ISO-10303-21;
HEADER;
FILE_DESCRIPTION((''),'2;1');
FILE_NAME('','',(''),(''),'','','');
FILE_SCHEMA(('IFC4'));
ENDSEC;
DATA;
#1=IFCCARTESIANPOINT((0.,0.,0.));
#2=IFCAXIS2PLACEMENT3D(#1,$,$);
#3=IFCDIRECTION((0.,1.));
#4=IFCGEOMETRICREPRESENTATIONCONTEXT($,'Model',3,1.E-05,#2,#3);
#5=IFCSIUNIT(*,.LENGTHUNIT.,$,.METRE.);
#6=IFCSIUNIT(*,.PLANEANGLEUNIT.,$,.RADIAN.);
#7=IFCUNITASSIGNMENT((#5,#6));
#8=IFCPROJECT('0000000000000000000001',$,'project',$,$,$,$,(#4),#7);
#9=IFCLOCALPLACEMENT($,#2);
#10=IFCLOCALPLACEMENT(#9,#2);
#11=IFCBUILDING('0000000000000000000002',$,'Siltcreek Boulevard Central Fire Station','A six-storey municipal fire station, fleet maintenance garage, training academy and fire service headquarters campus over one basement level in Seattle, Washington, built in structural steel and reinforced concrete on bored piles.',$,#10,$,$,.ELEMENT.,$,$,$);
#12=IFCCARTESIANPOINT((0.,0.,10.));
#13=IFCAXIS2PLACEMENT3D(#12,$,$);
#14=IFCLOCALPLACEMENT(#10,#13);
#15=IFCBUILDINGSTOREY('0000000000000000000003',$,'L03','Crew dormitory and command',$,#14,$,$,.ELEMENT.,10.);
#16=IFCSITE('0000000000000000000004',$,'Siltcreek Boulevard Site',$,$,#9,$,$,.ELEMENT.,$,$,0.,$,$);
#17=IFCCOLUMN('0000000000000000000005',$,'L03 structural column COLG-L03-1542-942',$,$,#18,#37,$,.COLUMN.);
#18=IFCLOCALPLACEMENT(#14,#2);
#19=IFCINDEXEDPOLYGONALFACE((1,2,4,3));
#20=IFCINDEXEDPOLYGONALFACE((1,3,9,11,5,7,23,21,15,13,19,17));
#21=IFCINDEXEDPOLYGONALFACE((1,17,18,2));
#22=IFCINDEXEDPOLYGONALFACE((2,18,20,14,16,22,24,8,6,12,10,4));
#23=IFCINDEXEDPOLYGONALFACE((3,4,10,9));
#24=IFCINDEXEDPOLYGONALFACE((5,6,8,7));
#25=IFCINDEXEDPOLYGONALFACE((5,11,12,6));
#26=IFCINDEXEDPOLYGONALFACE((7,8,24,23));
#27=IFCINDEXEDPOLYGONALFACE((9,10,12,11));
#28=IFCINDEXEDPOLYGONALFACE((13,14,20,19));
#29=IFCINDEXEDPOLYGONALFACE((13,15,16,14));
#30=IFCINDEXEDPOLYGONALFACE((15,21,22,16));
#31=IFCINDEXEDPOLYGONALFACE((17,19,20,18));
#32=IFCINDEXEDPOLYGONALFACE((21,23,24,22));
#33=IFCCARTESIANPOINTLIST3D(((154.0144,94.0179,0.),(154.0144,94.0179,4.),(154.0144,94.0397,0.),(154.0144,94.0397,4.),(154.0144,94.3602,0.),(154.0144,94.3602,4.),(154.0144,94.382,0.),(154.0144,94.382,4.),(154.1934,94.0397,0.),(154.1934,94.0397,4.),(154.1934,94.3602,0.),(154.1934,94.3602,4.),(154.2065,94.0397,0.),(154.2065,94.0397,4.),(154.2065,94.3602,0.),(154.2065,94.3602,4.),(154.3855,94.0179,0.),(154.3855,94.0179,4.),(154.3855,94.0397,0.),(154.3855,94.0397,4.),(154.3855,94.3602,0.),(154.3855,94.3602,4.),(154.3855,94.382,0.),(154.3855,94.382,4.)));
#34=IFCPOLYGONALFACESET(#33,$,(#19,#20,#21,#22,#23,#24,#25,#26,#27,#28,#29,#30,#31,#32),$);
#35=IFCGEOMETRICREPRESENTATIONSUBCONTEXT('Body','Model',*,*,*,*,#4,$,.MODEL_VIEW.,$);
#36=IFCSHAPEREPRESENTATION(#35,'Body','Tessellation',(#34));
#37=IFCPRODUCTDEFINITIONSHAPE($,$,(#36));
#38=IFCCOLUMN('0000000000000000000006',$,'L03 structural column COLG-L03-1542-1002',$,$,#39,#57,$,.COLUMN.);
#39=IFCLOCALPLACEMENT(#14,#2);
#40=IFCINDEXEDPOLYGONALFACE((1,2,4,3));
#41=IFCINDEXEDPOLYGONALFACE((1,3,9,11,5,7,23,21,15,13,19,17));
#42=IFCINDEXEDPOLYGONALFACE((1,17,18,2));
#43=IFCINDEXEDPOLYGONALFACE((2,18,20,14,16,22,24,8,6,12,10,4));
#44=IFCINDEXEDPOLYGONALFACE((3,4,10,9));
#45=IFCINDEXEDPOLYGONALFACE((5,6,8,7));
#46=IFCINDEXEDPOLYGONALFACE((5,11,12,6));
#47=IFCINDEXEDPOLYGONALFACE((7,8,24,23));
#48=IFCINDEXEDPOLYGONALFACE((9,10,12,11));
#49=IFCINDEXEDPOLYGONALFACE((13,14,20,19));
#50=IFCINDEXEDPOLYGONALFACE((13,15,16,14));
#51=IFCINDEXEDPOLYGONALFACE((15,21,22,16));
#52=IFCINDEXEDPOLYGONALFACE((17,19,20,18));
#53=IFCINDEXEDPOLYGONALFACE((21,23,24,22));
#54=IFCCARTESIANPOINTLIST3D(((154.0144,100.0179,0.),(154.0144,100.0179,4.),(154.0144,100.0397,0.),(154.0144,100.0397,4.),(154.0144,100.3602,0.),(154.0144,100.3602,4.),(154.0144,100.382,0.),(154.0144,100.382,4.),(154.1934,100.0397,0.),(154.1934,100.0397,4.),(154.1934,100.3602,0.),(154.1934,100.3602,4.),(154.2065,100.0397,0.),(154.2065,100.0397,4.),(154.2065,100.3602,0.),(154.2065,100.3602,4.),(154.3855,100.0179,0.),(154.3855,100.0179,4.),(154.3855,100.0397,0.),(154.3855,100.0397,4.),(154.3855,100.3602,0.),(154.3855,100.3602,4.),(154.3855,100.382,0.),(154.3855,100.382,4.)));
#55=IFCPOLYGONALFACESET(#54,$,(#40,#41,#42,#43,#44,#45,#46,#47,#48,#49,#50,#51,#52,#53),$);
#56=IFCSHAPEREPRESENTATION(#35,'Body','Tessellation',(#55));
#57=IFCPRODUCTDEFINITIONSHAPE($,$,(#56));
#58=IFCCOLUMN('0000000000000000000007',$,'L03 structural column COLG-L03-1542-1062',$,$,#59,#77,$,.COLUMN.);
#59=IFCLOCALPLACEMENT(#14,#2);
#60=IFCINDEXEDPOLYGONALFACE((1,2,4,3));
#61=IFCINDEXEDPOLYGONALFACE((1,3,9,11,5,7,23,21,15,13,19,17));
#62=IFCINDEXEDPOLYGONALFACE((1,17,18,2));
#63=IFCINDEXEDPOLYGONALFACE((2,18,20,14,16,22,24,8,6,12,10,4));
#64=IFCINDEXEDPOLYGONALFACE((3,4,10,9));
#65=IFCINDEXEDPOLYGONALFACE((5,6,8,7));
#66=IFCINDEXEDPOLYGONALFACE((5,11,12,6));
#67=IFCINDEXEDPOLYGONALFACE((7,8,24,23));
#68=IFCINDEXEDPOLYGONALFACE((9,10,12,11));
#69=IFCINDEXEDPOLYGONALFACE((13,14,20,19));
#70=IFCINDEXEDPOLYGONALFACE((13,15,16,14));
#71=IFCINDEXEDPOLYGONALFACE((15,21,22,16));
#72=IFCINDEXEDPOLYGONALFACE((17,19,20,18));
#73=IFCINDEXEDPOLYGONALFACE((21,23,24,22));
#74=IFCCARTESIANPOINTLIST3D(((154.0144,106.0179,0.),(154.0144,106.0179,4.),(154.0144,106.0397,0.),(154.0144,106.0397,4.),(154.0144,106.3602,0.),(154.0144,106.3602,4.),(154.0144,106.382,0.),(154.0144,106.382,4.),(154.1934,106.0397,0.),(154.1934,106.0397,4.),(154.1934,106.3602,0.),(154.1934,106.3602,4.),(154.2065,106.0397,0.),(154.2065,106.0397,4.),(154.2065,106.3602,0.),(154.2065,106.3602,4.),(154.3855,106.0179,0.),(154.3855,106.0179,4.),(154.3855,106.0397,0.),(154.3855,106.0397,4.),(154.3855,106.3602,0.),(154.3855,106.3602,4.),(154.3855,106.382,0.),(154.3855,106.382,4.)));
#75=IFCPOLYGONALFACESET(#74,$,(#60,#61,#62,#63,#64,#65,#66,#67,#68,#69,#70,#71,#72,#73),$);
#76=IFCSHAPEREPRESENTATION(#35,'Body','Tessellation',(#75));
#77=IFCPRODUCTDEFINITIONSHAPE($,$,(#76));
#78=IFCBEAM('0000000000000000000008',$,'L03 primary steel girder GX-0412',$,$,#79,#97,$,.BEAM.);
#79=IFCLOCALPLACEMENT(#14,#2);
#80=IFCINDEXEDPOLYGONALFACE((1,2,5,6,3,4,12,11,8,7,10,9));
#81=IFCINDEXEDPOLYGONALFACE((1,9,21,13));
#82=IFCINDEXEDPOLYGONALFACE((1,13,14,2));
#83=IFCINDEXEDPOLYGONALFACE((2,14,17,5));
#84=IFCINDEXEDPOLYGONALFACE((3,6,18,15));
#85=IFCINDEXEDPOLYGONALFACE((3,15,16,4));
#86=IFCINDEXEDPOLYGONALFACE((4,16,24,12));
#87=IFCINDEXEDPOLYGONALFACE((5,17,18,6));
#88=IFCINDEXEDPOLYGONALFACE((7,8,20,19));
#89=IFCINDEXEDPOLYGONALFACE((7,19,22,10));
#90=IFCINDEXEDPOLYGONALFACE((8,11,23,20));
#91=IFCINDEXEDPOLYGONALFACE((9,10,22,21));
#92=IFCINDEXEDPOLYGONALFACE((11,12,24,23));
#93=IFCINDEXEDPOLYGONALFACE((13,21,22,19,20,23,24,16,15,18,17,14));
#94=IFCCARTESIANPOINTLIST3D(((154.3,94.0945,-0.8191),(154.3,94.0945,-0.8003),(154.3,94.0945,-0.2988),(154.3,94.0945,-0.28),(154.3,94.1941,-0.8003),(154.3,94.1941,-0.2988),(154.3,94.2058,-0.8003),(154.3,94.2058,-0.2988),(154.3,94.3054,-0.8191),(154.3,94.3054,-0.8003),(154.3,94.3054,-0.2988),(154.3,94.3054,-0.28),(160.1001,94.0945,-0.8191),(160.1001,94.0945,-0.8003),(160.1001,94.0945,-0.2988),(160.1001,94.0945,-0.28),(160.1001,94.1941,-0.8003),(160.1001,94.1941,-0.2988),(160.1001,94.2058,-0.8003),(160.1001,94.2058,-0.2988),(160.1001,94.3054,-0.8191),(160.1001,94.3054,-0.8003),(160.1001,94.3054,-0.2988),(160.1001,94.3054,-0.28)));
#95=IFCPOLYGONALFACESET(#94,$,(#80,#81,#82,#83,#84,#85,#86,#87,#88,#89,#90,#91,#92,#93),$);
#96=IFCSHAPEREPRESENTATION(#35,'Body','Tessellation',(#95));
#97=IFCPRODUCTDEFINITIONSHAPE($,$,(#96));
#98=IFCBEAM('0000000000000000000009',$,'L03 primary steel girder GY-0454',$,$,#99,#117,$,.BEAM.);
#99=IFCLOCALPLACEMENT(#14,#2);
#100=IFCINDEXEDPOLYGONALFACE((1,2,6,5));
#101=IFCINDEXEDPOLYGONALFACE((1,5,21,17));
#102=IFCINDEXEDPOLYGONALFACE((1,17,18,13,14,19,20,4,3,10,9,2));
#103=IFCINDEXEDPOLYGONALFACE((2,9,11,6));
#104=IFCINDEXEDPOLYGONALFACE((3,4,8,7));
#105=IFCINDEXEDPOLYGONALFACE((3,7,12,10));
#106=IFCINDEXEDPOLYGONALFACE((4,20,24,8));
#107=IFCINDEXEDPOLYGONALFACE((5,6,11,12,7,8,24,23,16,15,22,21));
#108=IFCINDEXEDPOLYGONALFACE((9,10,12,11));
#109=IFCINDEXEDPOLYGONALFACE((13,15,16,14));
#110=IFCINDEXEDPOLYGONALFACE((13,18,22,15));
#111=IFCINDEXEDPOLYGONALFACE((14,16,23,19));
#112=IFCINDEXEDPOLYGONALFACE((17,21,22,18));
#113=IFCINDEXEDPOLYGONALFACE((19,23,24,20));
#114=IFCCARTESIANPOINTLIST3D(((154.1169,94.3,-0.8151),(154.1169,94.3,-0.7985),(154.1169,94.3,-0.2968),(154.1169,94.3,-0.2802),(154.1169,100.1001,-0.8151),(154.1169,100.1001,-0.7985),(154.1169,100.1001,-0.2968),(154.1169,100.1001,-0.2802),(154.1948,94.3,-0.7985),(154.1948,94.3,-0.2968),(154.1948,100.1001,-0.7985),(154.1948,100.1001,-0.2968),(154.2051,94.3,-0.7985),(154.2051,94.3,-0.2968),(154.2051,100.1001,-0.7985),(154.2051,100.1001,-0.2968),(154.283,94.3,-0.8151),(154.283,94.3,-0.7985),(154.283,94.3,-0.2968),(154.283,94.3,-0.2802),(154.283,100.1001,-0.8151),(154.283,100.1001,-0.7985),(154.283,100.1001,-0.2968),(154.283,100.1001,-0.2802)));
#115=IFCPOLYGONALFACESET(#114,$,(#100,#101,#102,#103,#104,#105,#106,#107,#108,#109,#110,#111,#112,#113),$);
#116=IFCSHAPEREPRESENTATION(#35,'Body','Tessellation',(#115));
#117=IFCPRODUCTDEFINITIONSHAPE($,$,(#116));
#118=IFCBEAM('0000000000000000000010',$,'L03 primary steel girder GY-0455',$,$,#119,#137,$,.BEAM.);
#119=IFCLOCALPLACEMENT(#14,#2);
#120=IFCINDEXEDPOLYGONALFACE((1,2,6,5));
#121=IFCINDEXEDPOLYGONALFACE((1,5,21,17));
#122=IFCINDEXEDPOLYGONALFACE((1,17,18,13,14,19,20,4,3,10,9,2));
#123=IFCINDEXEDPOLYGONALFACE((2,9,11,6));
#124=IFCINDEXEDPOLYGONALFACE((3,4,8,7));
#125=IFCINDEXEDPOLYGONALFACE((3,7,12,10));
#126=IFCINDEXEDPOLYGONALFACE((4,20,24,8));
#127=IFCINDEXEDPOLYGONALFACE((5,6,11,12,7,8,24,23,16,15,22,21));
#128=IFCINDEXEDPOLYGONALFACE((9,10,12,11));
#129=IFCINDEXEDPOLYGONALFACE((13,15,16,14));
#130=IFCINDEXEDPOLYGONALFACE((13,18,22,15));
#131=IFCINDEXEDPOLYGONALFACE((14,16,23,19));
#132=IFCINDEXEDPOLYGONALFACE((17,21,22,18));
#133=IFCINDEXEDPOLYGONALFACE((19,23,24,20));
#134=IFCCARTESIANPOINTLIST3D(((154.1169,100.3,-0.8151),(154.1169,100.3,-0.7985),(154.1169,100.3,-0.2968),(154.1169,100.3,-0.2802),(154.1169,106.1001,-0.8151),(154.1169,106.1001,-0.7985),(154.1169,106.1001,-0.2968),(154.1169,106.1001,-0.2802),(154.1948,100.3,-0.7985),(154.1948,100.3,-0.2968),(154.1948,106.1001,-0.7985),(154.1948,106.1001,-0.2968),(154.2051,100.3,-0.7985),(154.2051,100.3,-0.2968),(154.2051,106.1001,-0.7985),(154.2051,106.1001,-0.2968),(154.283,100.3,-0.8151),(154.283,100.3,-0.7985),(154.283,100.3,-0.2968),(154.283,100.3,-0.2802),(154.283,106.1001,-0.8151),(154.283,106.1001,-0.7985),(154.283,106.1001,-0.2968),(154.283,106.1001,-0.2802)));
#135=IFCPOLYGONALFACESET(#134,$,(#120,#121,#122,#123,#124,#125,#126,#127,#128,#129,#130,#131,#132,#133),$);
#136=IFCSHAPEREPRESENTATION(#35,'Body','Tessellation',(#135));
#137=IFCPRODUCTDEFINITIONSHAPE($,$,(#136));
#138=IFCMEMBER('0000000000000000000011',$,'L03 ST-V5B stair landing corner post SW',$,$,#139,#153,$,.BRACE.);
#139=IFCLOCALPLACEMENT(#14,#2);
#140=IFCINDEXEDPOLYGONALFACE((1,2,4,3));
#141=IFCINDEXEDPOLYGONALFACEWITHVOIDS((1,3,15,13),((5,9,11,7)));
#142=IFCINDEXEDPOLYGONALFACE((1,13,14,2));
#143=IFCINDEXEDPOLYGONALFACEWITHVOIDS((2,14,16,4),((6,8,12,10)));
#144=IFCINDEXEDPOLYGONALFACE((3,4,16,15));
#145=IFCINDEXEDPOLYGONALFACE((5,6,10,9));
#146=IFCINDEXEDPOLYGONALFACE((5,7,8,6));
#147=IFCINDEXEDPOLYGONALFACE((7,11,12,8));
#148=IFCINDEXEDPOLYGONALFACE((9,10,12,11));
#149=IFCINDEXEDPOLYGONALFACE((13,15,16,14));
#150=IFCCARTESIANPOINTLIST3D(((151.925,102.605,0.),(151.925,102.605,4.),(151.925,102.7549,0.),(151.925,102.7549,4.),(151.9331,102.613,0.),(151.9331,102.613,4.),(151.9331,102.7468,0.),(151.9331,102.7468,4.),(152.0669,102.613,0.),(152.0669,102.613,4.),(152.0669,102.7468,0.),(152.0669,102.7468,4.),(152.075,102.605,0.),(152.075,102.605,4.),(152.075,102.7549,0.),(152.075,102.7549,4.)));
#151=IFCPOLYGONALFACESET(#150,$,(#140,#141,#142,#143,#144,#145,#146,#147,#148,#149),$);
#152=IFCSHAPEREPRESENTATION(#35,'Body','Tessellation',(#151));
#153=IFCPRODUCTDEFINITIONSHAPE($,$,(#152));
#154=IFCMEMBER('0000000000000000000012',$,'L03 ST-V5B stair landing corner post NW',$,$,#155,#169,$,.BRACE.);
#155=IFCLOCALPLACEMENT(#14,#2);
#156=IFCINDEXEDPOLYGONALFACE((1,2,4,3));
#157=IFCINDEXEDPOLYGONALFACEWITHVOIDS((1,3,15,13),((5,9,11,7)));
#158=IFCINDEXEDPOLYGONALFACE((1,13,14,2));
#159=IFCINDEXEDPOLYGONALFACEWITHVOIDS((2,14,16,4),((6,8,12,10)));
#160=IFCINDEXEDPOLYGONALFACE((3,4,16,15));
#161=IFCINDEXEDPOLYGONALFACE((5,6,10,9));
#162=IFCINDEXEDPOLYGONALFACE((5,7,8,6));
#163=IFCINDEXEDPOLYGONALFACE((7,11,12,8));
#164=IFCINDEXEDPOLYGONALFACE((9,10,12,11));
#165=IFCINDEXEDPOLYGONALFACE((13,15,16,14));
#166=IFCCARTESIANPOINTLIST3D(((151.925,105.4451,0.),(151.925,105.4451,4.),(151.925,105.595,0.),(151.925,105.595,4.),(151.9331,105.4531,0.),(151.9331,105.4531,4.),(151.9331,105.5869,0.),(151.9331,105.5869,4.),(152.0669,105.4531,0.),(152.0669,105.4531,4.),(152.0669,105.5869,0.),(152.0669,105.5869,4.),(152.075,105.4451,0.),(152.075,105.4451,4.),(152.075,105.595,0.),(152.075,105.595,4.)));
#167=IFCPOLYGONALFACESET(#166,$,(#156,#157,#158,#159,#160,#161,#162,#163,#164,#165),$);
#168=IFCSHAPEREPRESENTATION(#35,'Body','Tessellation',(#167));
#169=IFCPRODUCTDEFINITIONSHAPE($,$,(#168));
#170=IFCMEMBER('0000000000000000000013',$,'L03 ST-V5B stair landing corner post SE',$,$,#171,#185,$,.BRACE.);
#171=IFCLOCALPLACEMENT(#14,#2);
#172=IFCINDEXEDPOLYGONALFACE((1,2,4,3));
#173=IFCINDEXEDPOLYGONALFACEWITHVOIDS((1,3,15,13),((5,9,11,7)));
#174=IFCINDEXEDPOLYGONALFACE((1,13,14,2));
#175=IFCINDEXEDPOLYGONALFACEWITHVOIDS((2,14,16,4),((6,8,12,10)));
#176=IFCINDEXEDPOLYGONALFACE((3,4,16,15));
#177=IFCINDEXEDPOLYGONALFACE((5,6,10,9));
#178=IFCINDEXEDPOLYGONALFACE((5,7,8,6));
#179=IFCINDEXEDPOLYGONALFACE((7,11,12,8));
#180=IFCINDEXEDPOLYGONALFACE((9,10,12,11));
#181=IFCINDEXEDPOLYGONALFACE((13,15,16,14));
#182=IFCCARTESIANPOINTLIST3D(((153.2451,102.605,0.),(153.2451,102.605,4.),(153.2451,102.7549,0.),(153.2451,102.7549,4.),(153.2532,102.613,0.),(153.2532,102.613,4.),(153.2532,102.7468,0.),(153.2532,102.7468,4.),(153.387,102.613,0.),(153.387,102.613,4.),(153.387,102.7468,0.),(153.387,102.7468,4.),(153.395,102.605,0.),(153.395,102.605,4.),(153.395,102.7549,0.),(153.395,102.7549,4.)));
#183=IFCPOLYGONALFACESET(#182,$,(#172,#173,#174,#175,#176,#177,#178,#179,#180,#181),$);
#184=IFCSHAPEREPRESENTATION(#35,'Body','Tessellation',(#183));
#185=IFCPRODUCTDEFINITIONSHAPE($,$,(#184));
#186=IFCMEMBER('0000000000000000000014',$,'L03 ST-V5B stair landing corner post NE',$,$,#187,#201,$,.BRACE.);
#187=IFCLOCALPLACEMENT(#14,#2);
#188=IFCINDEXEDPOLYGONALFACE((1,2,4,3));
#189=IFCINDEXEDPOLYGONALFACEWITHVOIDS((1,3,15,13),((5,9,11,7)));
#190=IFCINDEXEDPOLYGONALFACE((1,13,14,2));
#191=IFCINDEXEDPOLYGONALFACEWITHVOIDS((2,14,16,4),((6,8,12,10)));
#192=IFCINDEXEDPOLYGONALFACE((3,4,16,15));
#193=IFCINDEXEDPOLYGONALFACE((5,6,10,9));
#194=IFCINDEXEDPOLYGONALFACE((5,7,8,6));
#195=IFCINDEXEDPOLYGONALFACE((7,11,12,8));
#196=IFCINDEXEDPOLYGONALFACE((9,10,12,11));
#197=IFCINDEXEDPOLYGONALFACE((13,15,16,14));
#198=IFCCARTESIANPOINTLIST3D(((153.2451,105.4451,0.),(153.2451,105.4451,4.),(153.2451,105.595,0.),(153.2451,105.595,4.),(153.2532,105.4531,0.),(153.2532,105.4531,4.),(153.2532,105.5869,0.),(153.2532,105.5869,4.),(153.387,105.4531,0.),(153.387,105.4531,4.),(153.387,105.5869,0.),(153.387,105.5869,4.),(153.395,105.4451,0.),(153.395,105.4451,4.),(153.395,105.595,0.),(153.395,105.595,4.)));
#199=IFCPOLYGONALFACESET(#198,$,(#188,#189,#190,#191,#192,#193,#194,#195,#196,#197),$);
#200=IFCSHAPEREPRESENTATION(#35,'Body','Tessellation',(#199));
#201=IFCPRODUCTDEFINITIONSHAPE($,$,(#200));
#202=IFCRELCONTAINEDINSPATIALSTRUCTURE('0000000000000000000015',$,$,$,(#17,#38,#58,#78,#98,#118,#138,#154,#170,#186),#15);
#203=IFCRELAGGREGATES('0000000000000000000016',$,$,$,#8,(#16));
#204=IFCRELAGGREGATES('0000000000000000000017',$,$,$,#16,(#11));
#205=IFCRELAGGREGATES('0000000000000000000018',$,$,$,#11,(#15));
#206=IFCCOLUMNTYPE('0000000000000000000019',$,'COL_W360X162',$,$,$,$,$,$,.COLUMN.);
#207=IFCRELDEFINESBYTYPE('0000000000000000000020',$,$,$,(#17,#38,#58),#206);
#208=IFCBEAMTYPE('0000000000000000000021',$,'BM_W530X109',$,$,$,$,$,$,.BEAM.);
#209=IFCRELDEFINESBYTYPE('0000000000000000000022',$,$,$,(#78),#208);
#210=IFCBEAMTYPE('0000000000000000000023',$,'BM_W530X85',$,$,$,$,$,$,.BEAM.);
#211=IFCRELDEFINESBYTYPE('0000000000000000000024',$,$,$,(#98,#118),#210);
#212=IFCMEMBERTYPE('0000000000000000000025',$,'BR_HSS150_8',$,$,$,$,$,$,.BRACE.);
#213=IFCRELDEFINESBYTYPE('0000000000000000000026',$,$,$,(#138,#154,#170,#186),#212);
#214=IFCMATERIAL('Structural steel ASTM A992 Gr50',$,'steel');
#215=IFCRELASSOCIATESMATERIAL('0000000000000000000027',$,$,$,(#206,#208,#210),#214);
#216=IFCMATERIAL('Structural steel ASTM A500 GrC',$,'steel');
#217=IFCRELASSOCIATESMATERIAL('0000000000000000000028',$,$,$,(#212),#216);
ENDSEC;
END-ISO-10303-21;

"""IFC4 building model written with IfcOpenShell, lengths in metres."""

from ifc_helpers import new_model, si_unit, direction, frame, origin, origin_2d, place, context, subcontext, project, spatial, hollow_rectangle, i_section, extrude, material, material_profile, profile_set, type_object, element, save


model = new_model("IFC4")

# Units and contexts
model_context = context("Model", 3, precision=1e-05, world=origin(), true_north=direction((0.0, 1.0)))
body_context = subcontext(model_context, "Body", "Model", "MODEL_VIEW")
ifc_project = project(units=[si_unit("LENGTHUNIT", "METRE"), si_unit("PLANEANGLEUNIT", "RADIAN")], contexts=[model_context])

# Site, building, storey
site_placement = place(None, origin())
site = spatial("IfcSite", under=ifc_project, at=site_placement, Name="Siltcreek Boulevard Site", CompositionType="ELEMENT", RefElevation=0.0)
building_placement = place(site_placement, origin())
building = spatial("IfcBuilding", under=site, at=building_placement, Name="Siltcreek Boulevard Central Fire Station", Description="A six-storey municipal fire station, fleet maintenance garage, training academy and fire service headquarters campus over one basement level in Seattle, Washington, built in structural steel and reinforced concrete on bored piles.", CompositionType="ELEMENT")
storey_placement = place(building_placement, frame((0.0, 0.0, 10.0)))
storey = spatial("IfcBuildingStorey", under=building, at=storey_placement, Name="L03", Description="Crew dormitory and command", CompositionType="ELEMENT", Elevation=10.0)

# Columns
ifc_material_1 = material(Name="Structural steel ASTM A992 Gr50", Category="steel")
ifc_material_profile_1 = material_profile(ifc_material_1, i_section(OverallWidth=0.3711, OverallDepth=0.364, WebThickness=0.0132, FlangeThickness=0.0217, at=origin_2d()), Name="W360X162")
ifc_profile_set_1 = profile_set([ifc_material_profile_1], Name="Structural steel ASTM A992 Gr50")
column_type = type_object("IfcColumnType", Name="COL_W360X162", PredefinedType="COLUMN", material=ifc_profile_set_1)
for number, where, z_axis, x_axis, name in (
    (1, (154.2, 94.2, 0.0), (0.0, 0.0, 1.0), (1.0, 0.0, 0.0), "L03 structural column COLG-L03-1542-942"),
    (2, (154.2, 100.2, 0.0), (0.0, 0.0, 1.0), (1.0, 0.0, 0.0), "L03 structural column COLG-L03-1542-1002"),
    (3, (154.2, 106.2, 0.0), (0.0, 0.0, 1.0), (1.0, 0.0, 0.0), "L03 structural column COLG-L03-1542-1062"),
):
    element("IfcColumn", number, at=place(storey_placement, frame(where, z_axis=z_axis, x_axis=x_axis)), inside=storey, type_object=column_type, Name=name, PredefinedType="COLUMN", context=body_context, shape_type="SweptSolid", body=[
        extrude(i_section(OverallWidth=0.3711, OverallDepth=0.364, WebThickness=0.0132, FlangeThickness=0.0217, at=origin_2d()), origin(), (0.0, 0.0, 1.0), 4.0),
    ])

# Beams
ifc_material_profile_2 = material_profile(ifc_material_1, i_section(OverallWidth=0.2109, OverallDepth=0.5391, WebThickness=0.0117, FlangeThickness=0.0188, at=origin_2d()), Name="W530X109")
ifc_profile_set_2 = profile_set([ifc_material_profile_2], Name="Structural steel ASTM A992 Gr50")
beam_type_1 = type_object("IfcBeamType", Name="BM_W530X109", PredefinedType="BEAM", material=ifc_profile_set_2)
beam_1_placement = place(storey_placement, frame((154.3, 94.2, -0.5496), z_axis=(1.0, 0.0, 0.0), x_axis=(0.0, 1.0, 0.0)))
element("IfcBeam", 4, at=beam_1_placement, inside=storey, type_object=beam_type_1, Name="L03 primary steel girder GX-0412", PredefinedType="BEAM", context=body_context, shape_type="SweptSolid", body=[
    extrude(i_section(OverallWidth=0.2109, OverallDepth=0.5391, WebThickness=0.0117, FlangeThickness=0.0188, at=origin_2d()), origin(), (0.0, 0.0, 1.0), 5.8),
])
ifc_material_profile_3 = material_profile(ifc_material_1, i_section(OverallWidth=0.166, OverallDepth=0.5349, WebThickness=0.0103, FlangeThickness=0.0166, at=origin_2d()), Name="W530X85")
ifc_profile_set_3 = profile_set([ifc_material_profile_3], Name="Structural steel ASTM A992 Gr50")
beam_type_2 = type_object("IfcBeamType", Name="BM_W530X85", PredefinedType="BEAM", material=ifc_profile_set_3)
for number, where, z_axis, x_axis, name in (
    (5, (154.2, 94.3, -0.5476), (0.0, 1.0, 0.0), (-1.0, 0.0, 0.0), "L03 primary steel girder GY-0454"),
    (6, (154.2, 100.3, -0.5476), (0.0, 1.0, 0.0), (-1.0, 0.0, 0.0), "L03 primary steel girder GY-0455"),
):
    element("IfcBeam", number, at=place(storey_placement, frame(where, z_axis=z_axis, x_axis=x_axis)), inside=storey, type_object=beam_type_2, Name=name, PredefinedType="BEAM", context=body_context, shape_type="SweptSolid", body=[
        extrude(i_section(OverallWidth=0.166, OverallDepth=0.5349, WebThickness=0.0103, FlangeThickness=0.0166, at=origin_2d()), origin(), (0.0, 0.0, 1.0), 5.8),
    ])

# Members
ifc_material_2 = material(Name="Structural steel ASTM A500 GrC", Category="steel")
ifc_material_profile_4 = material_profile(ifc_material_2, hollow_rectangle(XDim=0.1499, YDim=0.1499, WallThickness=0.0081, at=origin_2d()), Name="HSS150X150X8.0")
ifc_profile_set_4 = profile_set([ifc_material_profile_4], Name="Structural steel ASTM A500 GrC")
member_type = type_object("IfcMemberType", Name="BR_HSS150_8", PredefinedType="BRACE", material=ifc_profile_set_4)
for number, where, z_axis, x_axis, name in (
    (7, (152.0, 102.6799, 0.0), (0.0, 0.0, 1.0), (1.0, 0.0, 0.0), "L03 ST-V5B stair landing corner post SW"),
    (8, (152.0, 105.52, 0.0), (0.0, 0.0, 1.0), (1.0, 0.0, 0.0), "L03 ST-V5B stair landing corner post NW"),
    (9, (153.3201, 102.6799, 0.0), (0.0, 0.0, 1.0), (1.0, 0.0, 0.0), "L03 ST-V5B stair landing corner post SE"),
    (10, (153.3201, 105.52, 0.0), (0.0, 0.0, 1.0), (1.0, 0.0, 0.0), "L03 ST-V5B stair landing corner post NE"),
):
    element("IfcMember", number, at=place(storey_placement, frame(where, z_axis=z_axis, x_axis=x_axis)), inside=storey, type_object=member_type, Name=name, PredefinedType="BRACE", context=body_context, shape_type="SweptSolid", body=[
        extrude(hollow_rectangle(XDim=0.1499, YDim=0.1499, WallThickness=0.0081, at=origin_2d()), origin(), (0.0, 0.0, 1.0), 4.0),
    ])

save(model, "model.ifc")
